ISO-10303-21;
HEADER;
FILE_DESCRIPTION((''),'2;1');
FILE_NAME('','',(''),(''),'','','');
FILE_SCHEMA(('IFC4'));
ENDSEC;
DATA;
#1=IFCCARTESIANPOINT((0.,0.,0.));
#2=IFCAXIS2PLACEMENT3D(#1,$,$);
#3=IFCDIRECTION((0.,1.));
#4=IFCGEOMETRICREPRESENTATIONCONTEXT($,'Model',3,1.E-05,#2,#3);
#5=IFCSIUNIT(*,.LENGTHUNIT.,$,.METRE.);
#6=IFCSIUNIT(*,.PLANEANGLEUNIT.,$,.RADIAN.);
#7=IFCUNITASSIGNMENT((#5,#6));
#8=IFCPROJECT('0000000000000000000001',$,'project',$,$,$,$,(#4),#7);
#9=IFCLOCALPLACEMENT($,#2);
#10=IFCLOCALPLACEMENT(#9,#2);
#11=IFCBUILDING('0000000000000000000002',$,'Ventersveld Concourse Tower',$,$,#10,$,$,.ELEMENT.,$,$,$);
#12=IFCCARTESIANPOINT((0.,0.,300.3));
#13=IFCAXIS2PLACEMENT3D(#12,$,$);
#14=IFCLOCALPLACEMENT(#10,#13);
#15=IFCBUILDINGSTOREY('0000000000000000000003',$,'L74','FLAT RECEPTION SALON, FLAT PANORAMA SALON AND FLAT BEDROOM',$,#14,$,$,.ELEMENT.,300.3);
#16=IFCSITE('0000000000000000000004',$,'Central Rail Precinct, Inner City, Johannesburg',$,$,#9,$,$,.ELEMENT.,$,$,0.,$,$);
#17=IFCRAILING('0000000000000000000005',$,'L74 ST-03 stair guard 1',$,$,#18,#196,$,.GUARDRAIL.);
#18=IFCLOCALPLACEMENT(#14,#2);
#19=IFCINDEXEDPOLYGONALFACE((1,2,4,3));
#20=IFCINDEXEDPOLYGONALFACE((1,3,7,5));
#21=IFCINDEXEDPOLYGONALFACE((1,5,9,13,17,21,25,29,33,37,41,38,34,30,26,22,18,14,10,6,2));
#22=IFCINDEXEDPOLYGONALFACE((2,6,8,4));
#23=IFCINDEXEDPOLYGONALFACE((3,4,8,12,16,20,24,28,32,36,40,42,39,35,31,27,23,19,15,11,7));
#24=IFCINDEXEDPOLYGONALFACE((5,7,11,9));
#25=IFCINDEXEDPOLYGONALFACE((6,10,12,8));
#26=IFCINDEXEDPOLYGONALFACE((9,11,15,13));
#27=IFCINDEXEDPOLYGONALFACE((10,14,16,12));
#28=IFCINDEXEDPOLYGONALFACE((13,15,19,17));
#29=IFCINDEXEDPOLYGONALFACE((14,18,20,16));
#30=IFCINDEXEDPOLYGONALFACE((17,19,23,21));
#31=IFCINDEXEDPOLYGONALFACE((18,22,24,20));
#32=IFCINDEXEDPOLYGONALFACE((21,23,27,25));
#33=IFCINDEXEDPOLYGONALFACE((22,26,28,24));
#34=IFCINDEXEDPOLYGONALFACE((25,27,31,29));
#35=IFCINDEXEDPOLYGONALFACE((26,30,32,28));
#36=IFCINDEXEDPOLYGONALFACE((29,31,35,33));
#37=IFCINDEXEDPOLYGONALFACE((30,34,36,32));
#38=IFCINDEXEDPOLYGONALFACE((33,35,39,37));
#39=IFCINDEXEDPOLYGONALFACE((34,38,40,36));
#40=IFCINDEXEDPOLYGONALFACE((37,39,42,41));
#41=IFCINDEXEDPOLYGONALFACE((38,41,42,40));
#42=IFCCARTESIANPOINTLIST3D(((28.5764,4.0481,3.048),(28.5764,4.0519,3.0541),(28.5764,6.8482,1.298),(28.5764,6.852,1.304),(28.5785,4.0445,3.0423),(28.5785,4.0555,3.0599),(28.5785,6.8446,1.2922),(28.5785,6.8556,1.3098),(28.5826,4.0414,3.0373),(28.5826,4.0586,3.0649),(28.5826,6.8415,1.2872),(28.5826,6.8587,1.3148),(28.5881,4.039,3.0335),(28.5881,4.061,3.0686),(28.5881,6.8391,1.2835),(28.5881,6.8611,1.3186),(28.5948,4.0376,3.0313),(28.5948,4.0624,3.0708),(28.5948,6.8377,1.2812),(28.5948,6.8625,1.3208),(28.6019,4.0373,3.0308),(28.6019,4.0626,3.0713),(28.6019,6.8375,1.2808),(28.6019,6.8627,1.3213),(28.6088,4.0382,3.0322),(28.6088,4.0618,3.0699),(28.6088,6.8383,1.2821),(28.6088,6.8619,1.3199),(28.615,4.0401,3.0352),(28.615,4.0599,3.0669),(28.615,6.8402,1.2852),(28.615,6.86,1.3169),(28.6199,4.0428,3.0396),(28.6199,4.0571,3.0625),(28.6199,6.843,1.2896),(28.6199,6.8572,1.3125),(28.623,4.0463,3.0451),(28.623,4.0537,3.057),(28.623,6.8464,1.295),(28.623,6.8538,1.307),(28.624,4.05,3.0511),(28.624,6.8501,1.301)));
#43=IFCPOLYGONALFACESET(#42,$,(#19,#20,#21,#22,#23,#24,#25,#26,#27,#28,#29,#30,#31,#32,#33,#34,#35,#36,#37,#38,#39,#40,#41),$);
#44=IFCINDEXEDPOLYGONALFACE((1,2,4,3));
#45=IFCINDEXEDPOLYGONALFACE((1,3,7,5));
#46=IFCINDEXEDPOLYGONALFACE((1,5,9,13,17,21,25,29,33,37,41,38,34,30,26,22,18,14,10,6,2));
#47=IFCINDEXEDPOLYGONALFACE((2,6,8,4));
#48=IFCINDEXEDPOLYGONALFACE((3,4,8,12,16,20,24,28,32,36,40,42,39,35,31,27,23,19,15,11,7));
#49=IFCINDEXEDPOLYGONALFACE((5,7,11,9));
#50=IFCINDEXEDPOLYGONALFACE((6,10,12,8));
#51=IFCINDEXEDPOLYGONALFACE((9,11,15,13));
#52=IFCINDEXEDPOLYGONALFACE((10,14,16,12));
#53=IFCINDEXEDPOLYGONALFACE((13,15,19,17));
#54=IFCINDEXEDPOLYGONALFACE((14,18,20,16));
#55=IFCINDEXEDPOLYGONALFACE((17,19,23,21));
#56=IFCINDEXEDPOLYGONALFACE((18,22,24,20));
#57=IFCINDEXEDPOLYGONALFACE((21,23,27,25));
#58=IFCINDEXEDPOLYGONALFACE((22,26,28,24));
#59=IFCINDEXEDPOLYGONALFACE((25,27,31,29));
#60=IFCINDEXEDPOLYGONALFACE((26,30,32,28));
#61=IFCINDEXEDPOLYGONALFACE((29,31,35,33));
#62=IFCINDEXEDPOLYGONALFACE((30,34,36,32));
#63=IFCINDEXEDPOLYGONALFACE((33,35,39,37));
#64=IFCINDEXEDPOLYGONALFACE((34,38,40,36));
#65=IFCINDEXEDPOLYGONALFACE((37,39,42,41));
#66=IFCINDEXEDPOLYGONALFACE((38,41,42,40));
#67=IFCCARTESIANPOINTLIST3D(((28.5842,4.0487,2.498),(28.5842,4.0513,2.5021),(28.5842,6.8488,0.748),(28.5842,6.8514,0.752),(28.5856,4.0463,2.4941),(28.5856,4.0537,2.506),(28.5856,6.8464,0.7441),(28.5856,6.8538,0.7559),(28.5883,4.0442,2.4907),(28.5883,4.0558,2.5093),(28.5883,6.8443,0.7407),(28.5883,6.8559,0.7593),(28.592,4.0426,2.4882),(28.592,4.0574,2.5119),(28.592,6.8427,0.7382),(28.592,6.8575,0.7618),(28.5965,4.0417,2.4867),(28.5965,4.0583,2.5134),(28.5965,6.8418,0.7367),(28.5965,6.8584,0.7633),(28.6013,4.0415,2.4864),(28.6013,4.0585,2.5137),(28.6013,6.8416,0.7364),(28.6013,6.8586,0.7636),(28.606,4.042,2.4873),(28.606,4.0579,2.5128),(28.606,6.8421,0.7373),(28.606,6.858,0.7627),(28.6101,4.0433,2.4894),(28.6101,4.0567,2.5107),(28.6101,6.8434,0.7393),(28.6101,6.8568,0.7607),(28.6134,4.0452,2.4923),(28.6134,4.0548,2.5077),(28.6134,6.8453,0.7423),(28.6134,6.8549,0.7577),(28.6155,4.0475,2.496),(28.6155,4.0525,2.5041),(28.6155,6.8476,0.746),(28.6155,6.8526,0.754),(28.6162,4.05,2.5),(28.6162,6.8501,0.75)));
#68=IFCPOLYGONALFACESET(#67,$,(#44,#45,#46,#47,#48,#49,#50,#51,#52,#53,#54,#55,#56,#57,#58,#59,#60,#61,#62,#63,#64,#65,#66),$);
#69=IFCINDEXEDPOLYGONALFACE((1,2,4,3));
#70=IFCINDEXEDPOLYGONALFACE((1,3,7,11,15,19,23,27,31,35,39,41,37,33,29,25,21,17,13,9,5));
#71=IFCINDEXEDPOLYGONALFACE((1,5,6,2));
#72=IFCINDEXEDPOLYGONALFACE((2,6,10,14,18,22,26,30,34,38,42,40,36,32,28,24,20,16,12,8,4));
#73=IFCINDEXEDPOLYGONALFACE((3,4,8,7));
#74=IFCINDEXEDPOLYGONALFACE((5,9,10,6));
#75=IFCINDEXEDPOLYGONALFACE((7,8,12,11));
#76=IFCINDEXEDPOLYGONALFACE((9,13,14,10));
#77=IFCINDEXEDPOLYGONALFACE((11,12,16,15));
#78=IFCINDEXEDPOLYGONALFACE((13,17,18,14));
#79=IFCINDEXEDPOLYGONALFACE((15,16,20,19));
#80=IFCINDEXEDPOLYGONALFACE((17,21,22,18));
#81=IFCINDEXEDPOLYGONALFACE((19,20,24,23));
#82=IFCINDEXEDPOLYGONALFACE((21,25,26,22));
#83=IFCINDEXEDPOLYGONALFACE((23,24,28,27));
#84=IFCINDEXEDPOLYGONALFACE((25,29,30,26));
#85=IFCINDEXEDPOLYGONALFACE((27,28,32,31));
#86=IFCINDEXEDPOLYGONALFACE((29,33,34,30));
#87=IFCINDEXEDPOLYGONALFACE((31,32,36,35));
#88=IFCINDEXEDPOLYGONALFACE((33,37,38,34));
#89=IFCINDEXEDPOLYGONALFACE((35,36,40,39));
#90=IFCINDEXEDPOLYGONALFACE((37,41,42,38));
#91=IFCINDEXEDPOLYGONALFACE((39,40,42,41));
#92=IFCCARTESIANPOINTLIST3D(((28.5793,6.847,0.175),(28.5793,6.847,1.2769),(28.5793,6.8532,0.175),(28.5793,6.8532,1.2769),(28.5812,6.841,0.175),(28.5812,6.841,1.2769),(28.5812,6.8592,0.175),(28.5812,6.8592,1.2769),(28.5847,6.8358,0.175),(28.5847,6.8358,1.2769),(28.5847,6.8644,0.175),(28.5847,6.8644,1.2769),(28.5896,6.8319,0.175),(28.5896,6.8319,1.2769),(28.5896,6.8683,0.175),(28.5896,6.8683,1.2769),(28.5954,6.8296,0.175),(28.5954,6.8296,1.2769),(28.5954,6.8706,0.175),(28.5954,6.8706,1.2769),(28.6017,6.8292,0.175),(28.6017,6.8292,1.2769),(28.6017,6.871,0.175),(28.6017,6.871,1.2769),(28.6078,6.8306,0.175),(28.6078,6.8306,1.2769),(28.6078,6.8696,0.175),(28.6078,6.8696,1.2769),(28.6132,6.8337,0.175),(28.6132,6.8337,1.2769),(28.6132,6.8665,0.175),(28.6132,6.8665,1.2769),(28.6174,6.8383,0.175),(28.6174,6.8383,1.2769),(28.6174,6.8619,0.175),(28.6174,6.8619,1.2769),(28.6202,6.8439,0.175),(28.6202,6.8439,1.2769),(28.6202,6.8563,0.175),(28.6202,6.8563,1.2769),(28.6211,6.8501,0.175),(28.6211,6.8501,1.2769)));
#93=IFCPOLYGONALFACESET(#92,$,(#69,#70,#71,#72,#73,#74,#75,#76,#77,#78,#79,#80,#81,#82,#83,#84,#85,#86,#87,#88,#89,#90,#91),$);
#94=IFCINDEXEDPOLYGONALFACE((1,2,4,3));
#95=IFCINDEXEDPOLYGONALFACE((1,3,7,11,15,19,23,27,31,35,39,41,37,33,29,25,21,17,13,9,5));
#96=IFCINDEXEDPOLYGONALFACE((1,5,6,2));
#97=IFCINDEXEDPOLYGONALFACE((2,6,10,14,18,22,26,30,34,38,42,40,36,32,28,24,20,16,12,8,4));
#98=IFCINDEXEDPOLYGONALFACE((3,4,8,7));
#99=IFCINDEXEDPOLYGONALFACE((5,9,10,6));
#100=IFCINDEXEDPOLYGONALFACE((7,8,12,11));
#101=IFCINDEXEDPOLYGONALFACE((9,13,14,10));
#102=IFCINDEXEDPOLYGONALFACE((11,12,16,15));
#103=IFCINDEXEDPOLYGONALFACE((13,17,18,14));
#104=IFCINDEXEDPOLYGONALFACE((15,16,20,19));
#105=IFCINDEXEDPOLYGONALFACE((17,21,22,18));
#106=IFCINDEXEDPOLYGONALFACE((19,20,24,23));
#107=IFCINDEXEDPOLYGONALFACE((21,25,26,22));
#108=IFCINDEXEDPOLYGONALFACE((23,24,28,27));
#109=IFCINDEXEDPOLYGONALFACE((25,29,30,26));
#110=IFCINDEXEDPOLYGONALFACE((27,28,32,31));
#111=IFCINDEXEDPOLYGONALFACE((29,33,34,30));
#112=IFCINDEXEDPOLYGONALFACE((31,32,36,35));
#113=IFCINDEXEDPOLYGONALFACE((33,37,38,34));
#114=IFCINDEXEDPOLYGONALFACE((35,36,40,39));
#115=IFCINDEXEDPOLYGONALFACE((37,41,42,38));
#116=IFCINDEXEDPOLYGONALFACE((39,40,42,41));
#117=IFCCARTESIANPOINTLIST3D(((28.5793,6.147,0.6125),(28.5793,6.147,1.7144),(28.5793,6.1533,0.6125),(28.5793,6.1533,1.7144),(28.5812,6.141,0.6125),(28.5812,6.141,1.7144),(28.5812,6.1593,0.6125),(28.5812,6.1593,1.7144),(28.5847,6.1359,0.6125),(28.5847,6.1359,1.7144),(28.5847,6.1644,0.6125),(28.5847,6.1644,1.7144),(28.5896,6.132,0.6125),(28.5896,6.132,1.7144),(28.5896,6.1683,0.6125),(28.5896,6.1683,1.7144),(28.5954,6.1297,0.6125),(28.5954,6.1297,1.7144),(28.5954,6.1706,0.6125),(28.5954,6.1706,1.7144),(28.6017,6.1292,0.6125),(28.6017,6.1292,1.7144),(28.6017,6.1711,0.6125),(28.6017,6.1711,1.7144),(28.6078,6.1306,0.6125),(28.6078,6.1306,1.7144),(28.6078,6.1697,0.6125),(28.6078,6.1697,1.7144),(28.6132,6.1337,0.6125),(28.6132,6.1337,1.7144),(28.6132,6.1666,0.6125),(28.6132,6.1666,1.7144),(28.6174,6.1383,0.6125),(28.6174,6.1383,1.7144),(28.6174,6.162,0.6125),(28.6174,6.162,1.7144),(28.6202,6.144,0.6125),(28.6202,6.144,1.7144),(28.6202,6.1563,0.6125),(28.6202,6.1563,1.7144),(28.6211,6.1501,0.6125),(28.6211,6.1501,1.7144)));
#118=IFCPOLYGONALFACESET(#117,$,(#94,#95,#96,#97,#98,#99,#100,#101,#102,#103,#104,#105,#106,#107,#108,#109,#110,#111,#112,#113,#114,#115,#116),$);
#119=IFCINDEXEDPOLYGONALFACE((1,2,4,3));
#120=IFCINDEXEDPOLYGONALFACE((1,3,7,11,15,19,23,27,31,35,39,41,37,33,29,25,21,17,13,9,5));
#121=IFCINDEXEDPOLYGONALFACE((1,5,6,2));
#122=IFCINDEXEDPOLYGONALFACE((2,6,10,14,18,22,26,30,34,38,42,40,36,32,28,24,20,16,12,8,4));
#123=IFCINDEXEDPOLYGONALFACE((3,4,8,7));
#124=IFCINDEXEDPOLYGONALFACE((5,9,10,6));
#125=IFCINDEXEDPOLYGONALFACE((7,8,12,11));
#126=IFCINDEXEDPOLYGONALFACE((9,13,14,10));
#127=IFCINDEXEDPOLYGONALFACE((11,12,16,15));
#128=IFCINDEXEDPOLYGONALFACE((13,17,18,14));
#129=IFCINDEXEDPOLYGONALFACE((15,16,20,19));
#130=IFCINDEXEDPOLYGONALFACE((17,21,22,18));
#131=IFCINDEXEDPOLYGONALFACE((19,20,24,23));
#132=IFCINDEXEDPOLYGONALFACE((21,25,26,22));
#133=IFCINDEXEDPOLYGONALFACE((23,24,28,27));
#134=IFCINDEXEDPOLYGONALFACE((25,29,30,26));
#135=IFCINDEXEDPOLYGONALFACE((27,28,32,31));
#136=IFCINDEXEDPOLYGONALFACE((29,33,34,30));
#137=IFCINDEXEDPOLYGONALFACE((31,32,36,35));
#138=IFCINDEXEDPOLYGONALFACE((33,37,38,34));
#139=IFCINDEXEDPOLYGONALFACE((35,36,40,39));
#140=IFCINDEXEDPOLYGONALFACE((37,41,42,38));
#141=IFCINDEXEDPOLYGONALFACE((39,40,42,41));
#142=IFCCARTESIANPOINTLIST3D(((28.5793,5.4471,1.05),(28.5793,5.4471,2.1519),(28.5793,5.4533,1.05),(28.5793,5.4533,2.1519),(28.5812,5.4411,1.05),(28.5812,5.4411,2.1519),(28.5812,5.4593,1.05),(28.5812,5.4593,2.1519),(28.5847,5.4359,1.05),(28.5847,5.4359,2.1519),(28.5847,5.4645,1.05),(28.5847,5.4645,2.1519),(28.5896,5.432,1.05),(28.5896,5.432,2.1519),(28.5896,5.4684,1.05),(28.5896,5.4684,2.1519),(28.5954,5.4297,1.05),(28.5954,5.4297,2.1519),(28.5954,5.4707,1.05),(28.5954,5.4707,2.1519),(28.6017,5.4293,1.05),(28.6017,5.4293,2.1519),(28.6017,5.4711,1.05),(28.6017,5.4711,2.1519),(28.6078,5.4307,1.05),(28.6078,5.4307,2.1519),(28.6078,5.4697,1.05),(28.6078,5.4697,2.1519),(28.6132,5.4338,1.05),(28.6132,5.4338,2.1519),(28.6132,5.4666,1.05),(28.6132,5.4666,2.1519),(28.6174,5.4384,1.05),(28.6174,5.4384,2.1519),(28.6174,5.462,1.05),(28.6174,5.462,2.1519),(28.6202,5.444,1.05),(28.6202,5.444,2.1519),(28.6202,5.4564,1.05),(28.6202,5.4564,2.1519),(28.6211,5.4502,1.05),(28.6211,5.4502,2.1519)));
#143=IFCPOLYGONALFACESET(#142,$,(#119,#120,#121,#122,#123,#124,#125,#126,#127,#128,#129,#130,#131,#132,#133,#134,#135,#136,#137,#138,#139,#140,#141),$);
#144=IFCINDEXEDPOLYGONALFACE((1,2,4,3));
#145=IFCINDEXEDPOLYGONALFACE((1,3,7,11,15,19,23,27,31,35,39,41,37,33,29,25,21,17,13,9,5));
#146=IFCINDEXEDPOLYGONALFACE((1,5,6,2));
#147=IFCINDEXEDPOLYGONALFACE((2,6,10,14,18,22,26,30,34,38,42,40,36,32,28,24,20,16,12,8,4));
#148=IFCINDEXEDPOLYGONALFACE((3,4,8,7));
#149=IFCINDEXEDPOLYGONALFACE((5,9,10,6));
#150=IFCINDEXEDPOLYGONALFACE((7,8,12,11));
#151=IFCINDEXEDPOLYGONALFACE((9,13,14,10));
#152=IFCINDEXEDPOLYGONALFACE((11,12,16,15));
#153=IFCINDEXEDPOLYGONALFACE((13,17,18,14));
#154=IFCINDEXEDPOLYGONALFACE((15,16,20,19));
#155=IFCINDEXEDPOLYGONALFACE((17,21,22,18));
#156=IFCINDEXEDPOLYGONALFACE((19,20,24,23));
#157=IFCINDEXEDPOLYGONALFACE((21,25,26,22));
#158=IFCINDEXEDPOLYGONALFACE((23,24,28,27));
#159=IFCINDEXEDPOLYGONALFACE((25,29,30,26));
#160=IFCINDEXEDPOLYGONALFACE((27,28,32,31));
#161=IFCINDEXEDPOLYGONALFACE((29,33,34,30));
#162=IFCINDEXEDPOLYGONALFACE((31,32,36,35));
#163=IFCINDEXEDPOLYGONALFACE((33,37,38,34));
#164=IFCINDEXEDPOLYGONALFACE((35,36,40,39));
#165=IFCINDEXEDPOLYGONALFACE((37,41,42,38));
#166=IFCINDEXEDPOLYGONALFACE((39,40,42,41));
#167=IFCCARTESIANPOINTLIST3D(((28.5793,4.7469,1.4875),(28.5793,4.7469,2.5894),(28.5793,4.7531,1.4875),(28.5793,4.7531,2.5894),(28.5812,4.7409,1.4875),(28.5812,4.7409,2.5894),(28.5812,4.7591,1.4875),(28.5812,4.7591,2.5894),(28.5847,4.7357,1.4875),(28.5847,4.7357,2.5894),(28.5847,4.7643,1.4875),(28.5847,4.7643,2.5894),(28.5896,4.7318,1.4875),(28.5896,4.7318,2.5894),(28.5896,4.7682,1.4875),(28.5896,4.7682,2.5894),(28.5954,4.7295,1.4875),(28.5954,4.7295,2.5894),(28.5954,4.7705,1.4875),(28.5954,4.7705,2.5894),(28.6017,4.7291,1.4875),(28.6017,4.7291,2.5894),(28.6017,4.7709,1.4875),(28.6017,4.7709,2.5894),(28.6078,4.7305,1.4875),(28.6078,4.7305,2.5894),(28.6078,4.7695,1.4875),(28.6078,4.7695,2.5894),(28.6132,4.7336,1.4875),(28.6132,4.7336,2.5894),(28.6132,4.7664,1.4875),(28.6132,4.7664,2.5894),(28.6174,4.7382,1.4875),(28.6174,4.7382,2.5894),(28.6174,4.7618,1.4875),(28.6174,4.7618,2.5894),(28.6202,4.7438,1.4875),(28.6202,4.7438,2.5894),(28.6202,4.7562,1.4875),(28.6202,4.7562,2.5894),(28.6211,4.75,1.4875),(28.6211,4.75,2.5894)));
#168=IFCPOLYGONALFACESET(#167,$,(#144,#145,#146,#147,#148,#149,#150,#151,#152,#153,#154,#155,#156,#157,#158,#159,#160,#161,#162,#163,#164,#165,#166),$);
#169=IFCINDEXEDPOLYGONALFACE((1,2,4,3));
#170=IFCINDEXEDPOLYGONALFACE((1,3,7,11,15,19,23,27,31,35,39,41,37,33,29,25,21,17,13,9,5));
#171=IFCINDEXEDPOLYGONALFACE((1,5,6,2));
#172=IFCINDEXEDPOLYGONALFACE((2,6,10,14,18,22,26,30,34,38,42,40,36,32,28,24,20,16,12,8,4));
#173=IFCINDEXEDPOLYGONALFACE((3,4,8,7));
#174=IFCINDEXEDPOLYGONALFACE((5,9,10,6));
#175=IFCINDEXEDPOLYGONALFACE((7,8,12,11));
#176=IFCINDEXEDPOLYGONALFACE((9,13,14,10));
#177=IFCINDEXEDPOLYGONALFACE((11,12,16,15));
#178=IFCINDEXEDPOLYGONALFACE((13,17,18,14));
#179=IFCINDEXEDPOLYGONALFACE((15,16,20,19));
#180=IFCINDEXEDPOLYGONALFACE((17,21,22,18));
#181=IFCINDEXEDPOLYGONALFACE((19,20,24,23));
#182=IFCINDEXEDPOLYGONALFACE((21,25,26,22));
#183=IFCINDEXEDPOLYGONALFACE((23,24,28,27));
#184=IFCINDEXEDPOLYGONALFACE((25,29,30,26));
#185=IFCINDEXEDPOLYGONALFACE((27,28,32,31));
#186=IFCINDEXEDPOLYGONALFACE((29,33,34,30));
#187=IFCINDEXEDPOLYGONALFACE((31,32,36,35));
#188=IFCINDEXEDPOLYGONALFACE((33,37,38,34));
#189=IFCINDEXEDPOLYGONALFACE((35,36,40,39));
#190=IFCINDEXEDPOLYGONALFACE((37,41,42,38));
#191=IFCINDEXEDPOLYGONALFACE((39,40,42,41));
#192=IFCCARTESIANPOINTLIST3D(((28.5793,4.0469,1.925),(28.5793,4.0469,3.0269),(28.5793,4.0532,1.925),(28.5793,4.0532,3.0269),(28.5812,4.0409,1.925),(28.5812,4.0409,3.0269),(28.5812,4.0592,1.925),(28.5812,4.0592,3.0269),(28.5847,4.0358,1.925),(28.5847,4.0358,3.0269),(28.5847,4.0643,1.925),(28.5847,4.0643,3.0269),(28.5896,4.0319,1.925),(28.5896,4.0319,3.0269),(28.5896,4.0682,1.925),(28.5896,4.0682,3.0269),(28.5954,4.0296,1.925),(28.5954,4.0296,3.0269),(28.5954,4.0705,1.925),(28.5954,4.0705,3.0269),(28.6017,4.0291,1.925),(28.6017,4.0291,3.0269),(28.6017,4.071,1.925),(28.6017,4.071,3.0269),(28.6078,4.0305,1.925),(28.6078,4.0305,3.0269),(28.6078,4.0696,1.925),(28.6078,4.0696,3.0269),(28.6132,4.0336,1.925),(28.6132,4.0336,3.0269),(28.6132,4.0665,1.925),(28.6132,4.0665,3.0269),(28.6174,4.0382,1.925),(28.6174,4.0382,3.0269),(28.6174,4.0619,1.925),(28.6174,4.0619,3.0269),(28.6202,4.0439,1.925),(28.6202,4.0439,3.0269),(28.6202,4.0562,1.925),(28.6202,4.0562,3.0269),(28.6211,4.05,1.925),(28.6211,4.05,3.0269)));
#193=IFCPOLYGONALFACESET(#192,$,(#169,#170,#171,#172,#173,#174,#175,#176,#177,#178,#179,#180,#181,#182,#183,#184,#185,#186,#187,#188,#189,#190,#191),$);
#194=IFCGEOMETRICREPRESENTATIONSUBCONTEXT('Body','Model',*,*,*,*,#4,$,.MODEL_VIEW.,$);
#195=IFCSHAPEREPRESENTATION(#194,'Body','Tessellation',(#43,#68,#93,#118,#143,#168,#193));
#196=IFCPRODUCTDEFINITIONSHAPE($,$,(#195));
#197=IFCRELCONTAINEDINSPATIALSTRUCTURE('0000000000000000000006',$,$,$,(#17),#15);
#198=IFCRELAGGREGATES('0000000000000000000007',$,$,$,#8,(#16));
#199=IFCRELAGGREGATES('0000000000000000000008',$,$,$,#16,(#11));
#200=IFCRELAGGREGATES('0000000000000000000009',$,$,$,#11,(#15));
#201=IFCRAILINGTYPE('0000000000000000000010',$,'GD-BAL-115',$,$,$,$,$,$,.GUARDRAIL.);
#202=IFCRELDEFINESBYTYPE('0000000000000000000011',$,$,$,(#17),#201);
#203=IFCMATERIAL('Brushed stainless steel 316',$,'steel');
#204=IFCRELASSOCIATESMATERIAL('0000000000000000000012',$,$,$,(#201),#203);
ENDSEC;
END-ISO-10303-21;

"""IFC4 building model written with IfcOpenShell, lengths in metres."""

from ifc_helpers import new_model, si_unit, direction, frame, origin, origin_2d, place, context, subcontext, project, spatial, circle, extrude, material, type_object, element, save


model = new_model("IFC4")

# Units and contexts
model_context = context("Model", 3, precision=1e-05, world=origin(), true_north=direction((0.0, 1.0)))
body_context = subcontext(model_context, "Body", "Model", "MODEL_VIEW")
ifc_project = project(units=[si_unit("LENGTHUNIT", "METRE"), si_unit("PLANEANGLEUNIT", "RADIAN")], contexts=[model_context])

# Site, building, storey
site_placement = place(None, origin())
site = spatial("IfcSite", under=ifc_project, at=site_placement, Name="Central Rail Precinct, Inner City, Johannesburg", CompositionType="ELEMENT", RefElevation=0.0)
building_placement = place(site_placement, origin())
building = spatial("IfcBuilding", under=site, at=building_placement, Name="Ventersveld Concourse Tower", CompositionType="ELEMENT")
storey_placement = place(building_placement, frame((0.0, 0.0, 300.3)))
storey = spatial("IfcBuildingStorey", under=building, at=storey_placement, Name="L74", Description="FLAT RECEPTION SALON, FLAT PANORAMA SALON AND FLAT BEDROOM", CompositionType="ELEMENT", Elevation=300.3)

# Shared definitions
ifc_material_1 = material(Name="Brushed stainless steel 316", Category="steel")

# Railing
railing_type_1 = type_object("IfcRailingType", Name="GD-BAL-115", PredefinedType="GUARDRAIL", material=ifc_material_1)
railing_1_placement = place(storey_placement, frame((28.6001, 6.8501, 0.175)))
element("IfcRailing", 1, at=railing_1_placement, inside=storey, type_object=railing_type_1, Name="L74 ST-03 stair guard 1", PredefinedType="GUARDRAIL", context=body_context, shape_type="SweptSolid", body=[
    extrude(circle(Radius=0.0239, at=origin_2d()), frame((0.0, 0.0, 1.126), z_axis=(0.0, -0.848002, 0.529992), x_axis=(1.0, 0.0, 0.0)), (0.0, 0.0, 1.0), 3.302),
    extrude(circle(Radius=0.0161, at=origin_2d()), frame((0.0, 0.0, 0.575), z_axis=(0.0, -0.848002, 0.529992), x_axis=(1.0, 0.0, 0.0)), (0.0, 0.0, 1.0), 3.302),
    extrude(circle(Radius=0.021, at=origin_2d()), origin(), (0.0, 0.0, 1.0), 1.1018),
    extrude(circle(Radius=0.021, at=origin_2d()), frame((0.0, -0.7, 0.4375)), (0.0, 0.0, 1.0), 1.1018),
    extrude(circle(Radius=0.021, at=origin_2d()), frame((0.0, -1.3999, 0.875)), (0.0, 0.0, 1.0), 1.1018),
    extrude(circle(Radius=0.021, at=origin_2d()), frame((0.0, -2.1001, 1.3125)), (0.0, 0.0, 1.0), 1.1018),
    extrude(circle(Radius=0.021, at=origin_2d()), frame((0.0, -2.8, 1.75)), (0.0, 0.0, 1.0), 1.1018),
])

save(model, "model.ifc")
